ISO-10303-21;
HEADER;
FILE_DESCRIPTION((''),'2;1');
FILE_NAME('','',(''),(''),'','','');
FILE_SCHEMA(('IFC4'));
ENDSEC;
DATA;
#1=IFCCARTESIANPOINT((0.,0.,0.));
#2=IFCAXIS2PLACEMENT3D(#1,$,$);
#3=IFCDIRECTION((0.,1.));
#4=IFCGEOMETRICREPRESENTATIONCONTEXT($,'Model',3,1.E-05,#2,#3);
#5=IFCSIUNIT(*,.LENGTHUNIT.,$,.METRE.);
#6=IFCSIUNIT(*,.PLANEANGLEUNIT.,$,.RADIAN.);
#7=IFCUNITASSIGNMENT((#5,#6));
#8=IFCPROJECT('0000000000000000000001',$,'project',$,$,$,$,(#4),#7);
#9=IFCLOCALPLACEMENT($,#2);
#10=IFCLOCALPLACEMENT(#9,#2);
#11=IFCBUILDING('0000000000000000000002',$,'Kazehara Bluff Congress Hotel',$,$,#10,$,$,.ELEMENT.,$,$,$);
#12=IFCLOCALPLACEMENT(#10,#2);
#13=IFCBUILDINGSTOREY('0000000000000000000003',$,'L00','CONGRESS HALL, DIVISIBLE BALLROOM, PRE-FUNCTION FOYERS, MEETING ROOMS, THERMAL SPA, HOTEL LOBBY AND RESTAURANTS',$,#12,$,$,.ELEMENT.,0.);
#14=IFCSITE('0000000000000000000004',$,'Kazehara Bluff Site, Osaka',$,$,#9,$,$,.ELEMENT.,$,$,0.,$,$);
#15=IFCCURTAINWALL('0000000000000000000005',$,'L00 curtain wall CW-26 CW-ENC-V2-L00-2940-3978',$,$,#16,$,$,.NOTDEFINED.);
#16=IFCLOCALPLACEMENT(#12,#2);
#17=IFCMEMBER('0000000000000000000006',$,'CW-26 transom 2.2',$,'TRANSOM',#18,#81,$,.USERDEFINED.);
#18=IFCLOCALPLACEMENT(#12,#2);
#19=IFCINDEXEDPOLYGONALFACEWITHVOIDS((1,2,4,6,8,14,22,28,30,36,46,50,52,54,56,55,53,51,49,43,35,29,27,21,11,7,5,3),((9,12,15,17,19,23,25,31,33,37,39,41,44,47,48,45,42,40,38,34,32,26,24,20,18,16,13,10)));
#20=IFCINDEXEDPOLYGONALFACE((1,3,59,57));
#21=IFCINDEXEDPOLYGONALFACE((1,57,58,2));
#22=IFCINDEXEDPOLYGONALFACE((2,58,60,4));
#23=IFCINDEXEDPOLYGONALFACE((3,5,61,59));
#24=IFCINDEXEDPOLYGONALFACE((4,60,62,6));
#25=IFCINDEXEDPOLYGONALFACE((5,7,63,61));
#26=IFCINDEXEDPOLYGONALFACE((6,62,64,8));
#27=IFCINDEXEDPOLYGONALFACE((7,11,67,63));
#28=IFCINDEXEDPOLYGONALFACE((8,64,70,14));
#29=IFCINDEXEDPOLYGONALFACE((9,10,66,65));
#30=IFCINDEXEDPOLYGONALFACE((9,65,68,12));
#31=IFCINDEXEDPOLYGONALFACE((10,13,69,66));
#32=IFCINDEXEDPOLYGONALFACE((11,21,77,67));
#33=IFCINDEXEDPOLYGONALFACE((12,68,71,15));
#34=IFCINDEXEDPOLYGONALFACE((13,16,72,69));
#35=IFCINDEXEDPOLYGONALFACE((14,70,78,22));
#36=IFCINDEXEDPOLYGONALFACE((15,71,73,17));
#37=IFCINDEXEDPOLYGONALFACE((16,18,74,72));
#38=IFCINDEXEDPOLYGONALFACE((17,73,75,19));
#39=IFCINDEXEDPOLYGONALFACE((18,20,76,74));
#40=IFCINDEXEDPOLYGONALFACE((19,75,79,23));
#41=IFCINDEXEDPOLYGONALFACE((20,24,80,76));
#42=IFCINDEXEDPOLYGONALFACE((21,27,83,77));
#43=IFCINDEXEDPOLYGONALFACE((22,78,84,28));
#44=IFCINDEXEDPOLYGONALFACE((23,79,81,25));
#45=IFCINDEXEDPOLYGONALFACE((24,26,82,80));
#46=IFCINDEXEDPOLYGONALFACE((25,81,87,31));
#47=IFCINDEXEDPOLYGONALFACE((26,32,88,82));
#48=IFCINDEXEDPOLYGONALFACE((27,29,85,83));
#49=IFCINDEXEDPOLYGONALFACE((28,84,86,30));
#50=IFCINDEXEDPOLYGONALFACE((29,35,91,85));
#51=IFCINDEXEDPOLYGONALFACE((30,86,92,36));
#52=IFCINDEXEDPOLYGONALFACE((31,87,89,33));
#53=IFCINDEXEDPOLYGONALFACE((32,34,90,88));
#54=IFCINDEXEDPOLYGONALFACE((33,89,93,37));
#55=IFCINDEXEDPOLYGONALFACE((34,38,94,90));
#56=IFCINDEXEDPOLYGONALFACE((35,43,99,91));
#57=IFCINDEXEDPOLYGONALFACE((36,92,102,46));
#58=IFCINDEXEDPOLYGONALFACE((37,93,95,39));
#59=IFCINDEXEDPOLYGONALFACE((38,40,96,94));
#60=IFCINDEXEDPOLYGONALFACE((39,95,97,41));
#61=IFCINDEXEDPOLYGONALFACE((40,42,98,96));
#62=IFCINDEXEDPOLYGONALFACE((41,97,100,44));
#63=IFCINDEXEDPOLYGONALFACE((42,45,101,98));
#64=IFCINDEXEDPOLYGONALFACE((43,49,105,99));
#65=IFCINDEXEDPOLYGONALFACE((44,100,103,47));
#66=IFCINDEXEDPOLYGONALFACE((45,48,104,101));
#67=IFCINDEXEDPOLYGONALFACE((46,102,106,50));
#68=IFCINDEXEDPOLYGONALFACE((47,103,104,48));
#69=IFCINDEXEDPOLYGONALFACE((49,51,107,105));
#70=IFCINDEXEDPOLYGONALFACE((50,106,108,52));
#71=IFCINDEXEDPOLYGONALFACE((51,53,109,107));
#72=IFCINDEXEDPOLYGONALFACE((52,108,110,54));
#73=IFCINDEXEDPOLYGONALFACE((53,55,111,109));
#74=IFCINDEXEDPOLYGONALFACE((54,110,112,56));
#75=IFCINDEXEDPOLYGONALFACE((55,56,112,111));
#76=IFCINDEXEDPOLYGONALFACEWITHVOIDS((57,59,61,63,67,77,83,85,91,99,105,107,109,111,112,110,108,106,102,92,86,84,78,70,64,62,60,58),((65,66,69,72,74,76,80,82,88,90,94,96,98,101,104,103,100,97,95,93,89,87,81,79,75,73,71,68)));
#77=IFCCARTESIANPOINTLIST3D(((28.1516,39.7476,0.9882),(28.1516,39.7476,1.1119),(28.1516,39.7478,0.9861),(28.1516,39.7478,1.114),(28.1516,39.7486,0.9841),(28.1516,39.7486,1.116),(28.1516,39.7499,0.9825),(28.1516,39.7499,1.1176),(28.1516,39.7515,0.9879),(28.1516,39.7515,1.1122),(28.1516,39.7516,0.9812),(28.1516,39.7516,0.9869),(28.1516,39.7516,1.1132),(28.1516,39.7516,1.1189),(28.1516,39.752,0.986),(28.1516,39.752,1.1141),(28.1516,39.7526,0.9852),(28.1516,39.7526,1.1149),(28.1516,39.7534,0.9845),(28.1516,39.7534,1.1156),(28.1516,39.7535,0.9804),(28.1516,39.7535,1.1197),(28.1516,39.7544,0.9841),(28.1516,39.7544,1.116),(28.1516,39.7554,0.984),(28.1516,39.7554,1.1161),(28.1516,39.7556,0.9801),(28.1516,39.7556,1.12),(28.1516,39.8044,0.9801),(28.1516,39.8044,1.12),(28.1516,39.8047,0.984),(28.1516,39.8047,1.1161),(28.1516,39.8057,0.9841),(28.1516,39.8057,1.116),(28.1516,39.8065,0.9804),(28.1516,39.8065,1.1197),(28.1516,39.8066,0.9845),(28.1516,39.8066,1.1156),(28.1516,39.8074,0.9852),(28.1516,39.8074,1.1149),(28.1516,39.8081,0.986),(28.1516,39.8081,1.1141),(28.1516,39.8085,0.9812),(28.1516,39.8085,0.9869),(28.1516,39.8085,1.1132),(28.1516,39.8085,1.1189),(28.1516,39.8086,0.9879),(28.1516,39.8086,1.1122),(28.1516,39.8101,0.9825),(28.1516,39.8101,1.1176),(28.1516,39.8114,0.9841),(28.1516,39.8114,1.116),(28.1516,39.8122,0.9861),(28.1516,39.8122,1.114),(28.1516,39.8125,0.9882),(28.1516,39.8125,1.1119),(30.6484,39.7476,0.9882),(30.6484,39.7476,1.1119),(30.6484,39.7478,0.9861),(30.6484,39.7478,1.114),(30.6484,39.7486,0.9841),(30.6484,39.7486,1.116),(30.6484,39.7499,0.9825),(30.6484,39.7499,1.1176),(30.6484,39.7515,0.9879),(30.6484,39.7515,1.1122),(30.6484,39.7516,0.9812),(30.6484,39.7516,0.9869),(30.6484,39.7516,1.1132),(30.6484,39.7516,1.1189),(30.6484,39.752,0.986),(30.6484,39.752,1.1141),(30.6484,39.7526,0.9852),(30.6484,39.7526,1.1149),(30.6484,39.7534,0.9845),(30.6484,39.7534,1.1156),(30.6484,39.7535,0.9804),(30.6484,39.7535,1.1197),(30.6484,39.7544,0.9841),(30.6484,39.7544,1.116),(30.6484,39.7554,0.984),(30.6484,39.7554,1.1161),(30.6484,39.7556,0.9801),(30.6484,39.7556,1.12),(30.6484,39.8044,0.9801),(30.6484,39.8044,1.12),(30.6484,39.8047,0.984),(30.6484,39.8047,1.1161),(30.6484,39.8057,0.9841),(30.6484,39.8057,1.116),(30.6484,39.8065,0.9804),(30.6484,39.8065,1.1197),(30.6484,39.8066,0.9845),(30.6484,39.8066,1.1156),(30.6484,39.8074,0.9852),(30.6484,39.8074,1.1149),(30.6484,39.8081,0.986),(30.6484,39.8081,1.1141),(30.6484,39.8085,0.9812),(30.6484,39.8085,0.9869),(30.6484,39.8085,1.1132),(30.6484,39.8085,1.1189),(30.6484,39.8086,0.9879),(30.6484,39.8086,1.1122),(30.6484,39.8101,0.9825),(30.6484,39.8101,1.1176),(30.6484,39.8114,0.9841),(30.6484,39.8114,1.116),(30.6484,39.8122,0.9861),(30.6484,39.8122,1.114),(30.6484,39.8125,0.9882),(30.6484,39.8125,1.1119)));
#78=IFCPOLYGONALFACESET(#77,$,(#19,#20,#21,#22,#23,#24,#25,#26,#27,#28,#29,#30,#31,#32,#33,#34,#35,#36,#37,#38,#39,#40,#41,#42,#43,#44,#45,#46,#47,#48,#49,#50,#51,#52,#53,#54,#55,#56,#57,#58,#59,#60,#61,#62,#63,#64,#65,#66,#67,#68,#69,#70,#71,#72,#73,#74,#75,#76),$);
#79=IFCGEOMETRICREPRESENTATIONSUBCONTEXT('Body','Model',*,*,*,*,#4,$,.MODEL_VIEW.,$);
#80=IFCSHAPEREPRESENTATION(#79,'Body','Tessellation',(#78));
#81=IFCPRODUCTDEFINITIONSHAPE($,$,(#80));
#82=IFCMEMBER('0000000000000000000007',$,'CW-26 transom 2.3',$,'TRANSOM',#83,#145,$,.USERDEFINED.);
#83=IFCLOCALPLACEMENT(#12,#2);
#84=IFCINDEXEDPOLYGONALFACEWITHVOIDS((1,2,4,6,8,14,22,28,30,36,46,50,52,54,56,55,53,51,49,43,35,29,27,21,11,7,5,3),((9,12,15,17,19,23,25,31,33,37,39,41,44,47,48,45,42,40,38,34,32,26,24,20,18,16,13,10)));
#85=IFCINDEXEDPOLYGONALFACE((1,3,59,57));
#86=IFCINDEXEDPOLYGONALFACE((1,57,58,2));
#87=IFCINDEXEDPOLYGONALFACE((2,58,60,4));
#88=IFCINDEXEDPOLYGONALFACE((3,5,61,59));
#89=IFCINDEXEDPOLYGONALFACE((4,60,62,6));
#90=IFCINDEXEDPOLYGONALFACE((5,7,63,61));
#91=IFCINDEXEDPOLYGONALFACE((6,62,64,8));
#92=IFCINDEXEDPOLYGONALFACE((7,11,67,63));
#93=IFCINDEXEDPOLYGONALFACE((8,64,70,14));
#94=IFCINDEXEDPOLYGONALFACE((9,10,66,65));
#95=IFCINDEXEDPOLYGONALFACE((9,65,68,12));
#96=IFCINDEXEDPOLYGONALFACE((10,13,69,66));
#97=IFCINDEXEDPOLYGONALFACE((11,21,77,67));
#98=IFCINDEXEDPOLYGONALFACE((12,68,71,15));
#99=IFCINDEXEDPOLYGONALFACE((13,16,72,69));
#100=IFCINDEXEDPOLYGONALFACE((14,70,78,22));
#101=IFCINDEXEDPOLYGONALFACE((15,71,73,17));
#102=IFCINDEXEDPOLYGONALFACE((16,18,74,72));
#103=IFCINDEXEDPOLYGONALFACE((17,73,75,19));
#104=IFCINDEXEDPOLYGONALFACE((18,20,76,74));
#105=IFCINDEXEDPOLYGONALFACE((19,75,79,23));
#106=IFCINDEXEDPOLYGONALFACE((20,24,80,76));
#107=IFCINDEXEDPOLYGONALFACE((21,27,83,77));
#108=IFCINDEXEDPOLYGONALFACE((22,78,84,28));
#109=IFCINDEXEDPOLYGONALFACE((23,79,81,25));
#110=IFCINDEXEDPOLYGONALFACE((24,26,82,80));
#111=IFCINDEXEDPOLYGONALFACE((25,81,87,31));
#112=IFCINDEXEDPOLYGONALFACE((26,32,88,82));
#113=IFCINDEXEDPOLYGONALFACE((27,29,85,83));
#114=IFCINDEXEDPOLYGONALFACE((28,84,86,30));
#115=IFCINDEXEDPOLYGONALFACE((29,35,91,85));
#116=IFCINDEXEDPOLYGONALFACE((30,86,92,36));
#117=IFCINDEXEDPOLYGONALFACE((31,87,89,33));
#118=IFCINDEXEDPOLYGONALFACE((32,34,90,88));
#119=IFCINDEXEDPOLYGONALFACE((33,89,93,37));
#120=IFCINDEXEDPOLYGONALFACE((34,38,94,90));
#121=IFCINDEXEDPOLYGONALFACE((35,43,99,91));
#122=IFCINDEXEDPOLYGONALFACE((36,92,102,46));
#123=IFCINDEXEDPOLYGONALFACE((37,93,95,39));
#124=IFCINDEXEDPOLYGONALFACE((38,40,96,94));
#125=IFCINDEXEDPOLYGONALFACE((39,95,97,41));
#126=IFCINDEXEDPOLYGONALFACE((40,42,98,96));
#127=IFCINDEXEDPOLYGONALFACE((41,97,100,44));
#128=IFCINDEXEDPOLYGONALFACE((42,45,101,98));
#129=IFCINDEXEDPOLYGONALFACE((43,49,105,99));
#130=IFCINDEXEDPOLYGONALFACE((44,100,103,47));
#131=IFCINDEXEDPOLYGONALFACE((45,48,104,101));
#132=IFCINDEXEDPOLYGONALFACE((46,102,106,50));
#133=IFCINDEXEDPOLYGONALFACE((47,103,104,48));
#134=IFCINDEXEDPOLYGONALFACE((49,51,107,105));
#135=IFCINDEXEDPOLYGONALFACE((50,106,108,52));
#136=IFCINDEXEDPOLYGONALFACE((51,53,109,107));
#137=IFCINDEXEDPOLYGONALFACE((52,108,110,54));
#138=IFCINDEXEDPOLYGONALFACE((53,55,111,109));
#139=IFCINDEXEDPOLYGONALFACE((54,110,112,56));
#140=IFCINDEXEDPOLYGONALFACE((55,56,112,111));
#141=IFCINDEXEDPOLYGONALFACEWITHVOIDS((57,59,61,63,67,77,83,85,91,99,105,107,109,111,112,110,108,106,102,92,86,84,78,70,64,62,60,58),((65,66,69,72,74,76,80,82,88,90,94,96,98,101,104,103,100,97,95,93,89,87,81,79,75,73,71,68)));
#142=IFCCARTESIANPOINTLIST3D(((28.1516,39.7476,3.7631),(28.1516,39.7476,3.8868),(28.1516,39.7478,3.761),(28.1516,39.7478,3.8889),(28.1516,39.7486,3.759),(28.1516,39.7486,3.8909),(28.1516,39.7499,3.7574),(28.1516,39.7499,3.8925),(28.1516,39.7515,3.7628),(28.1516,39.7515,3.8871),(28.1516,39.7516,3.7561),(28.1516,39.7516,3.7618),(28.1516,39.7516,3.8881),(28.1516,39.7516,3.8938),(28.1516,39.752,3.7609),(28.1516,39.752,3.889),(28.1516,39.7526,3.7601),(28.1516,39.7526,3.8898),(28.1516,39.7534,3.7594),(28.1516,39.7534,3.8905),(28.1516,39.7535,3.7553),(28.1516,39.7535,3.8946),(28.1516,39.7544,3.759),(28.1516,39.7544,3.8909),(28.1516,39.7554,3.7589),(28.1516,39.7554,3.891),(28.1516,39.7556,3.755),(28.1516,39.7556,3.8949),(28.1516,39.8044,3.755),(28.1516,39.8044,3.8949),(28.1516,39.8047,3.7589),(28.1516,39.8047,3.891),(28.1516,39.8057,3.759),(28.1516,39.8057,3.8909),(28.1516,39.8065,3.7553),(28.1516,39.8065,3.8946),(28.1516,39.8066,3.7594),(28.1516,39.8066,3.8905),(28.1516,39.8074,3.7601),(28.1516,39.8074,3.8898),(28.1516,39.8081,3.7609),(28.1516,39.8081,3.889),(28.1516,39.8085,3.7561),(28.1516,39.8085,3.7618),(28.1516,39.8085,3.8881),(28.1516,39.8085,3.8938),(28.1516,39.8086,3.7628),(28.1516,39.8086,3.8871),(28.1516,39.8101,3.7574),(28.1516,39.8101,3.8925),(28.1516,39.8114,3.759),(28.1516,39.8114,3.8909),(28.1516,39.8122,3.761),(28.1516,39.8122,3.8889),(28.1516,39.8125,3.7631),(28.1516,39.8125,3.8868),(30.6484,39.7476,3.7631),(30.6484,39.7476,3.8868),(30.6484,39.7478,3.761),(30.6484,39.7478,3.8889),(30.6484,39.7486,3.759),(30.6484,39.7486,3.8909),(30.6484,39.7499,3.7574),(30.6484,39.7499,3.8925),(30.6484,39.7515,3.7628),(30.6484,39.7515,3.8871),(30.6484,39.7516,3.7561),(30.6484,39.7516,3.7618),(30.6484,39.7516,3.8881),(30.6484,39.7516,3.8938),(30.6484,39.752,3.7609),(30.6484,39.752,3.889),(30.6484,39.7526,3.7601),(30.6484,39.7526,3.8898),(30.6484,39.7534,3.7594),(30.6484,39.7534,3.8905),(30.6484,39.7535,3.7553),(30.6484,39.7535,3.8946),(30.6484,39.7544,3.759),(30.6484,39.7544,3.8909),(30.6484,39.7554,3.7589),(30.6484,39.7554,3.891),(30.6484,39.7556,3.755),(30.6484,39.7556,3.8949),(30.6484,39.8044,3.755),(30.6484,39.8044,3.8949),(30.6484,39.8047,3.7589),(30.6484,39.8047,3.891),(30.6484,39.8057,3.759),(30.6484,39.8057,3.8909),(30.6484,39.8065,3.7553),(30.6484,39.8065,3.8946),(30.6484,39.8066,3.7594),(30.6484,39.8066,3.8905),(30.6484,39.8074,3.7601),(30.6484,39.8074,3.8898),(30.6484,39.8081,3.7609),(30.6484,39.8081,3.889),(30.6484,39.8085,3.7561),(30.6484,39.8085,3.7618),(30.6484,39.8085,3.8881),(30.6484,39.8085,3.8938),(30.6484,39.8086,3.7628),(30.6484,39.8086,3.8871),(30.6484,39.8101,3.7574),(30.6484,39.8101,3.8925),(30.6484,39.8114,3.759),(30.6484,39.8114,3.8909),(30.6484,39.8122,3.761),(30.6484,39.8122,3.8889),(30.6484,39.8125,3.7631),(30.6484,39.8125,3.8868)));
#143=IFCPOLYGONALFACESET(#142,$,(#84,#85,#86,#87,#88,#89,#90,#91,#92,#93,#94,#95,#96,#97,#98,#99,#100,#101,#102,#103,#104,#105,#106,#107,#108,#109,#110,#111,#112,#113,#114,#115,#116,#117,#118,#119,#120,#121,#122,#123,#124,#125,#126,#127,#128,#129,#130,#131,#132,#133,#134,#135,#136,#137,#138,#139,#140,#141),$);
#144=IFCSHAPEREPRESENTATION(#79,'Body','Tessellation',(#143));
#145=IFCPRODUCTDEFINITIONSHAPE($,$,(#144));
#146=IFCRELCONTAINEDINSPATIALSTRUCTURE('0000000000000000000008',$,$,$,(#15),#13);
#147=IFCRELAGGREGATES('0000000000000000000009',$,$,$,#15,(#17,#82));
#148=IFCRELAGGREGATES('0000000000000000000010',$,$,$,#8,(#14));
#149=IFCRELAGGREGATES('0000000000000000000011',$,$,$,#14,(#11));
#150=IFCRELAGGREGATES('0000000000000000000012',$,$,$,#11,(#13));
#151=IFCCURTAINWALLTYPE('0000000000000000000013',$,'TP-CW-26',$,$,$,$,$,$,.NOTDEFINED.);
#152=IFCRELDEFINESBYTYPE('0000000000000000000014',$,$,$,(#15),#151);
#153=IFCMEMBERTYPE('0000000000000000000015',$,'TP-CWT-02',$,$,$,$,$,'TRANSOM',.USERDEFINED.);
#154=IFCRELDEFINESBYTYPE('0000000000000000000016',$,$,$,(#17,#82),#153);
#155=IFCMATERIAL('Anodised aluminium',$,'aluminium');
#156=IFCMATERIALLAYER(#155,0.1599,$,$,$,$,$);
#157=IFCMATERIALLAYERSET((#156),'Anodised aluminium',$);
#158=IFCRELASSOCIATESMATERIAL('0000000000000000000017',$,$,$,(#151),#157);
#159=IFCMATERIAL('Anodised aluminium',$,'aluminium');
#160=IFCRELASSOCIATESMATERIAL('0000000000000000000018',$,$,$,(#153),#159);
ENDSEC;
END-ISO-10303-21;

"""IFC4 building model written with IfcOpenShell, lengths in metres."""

from ifc_helpers import new_model, si_unit, direction, frame, origin, origin_2d, place, context, subcontext, project, spatial, hollow_rectangle, extrude, material, layer, layer_set, material_profile, profile_set, type_object, element, aggregate, save


model = new_model("IFC4")

# Units and contexts
model_context = context("Model", 3, precision=1e-05, world=origin(), true_north=direction((0.0, 1.0)))
body_context = subcontext(model_context, "Body", "Model", "MODEL_VIEW")
ifc_project = project(units=[si_unit("LENGTHUNIT", "METRE"), si_unit("PLANEANGLEUNIT", "RADIAN")], contexts=[model_context])

# Site, building, storey
site_placement = place(None, origin())
site = spatial("IfcSite", under=ifc_project, at=site_placement, Name="Kazehara Bluff Site, Osaka", CompositionType="ELEMENT", RefElevation=0.0)
building_placement = place(site_placement, origin())
building = spatial("IfcBuilding", under=site, at=building_placement, Name="Kazehara Bluff Congress Hotel", CompositionType="ELEMENT")
storey_placement = place(building_placement, origin())
storey = spatial("IfcBuildingStorey", under=building, at=storey_placement, Name="L00", Description="CONGRESS HALL, DIVISIBLE BALLROOM, PRE-FUNCTION FOYERS, MEETING ROOMS, THERMAL SPA, HOTEL LOBBY AND RESTAURANTS", CompositionType="ELEMENT", Elevation=0.0)

# Curtain wall
ifc_material_1 = material(Name="Anodised aluminium", Category="aluminium")
ifc_layer_1 = layer(ifc_material_1, 0.1599)
ifc_layer_set_1 = layer_set([ifc_layer_1], Name="Anodised aluminium")
curtain_wall_type_1 = type_object("IfcCurtainWallType", Name="TP-CW-26", PredefinedType="NOTDEFINED", material=ifc_layer_set_1)
curtain_wall_1_placement = place(storey_placement, origin())
curtain_wall_1 = element("IfcCurtainWall", 1, at=curtain_wall_1_placement, inside=storey, type_object=curtain_wall_type_1, Name="L00 curtain wall CW-26 CW-ENC-V2-L00-2940-3978", PredefinedType="NOTDEFINED")

# Members
ifc_material_2 = material(Name="Anodised aluminium", Category="aluminium")
ifc_material_profile_1 = material_profile(ifc_material_2, hollow_rectangle(XDim=0.0649, YDim=0.1399, WallThickness=0.0039, InnerFilletRadius=0.0039, OuterFilletRadius=0.0081, at=origin_2d()))
ifc_profile_set_1 = profile_set([ifc_material_profile_1], Name="Anodised aluminium")
member_type_1 = type_object("IfcMemberType", Name="TP-CWT-02", ElementType="TRANSOM", PredefinedType="USERDEFINED", material=ifc_profile_set_1)
member_1_placement = place(storey_placement, frame((28.1516, 39.78, 1.05), z_axis=(1.0, 0.0, 0.0), x_axis=(0.0, 1.0, 0.0)))
member_1 = element("IfcMember", 2, at=member_1_placement, type_object=member_type_1, Name="CW-26 transom 2.2", ObjectType="TRANSOM", PredefinedType="USERDEFINED", context=body_context, shape_type="SweptSolid", body=[
    extrude(hollow_rectangle(XDim=0.0649, YDim=0.1399, WallThickness=0.0039, InnerFilletRadius=0.0039, OuterFilletRadius=0.0081, at=origin_2d()), origin(), (0.0, 0.0, 1.0), 2.4968),
])
member_2_placement = place(storey_placement, frame((28.1516, 39.78, 3.825), z_axis=(1.0, 0.0, 0.0), x_axis=(0.0, 1.0, 0.0)))
member_2 = element("IfcMember", 3, at=member_2_placement, type_object=member_type_1, Name="CW-26 transom 2.3", ObjectType="TRANSOM", PredefinedType="USERDEFINED", context=body_context, shape_type="SweptSolid", body=[
    extrude(hollow_rectangle(XDim=0.0649, YDim=0.1399, WallThickness=0.0039, InnerFilletRadius=0.0039, OuterFilletRadius=0.0081, at=origin_2d()), origin(), (0.0, 0.0, 1.0), 2.4968),
])

aggregate(curtain_wall_1, [member_1, member_2])

save(model, "model.ifc")
